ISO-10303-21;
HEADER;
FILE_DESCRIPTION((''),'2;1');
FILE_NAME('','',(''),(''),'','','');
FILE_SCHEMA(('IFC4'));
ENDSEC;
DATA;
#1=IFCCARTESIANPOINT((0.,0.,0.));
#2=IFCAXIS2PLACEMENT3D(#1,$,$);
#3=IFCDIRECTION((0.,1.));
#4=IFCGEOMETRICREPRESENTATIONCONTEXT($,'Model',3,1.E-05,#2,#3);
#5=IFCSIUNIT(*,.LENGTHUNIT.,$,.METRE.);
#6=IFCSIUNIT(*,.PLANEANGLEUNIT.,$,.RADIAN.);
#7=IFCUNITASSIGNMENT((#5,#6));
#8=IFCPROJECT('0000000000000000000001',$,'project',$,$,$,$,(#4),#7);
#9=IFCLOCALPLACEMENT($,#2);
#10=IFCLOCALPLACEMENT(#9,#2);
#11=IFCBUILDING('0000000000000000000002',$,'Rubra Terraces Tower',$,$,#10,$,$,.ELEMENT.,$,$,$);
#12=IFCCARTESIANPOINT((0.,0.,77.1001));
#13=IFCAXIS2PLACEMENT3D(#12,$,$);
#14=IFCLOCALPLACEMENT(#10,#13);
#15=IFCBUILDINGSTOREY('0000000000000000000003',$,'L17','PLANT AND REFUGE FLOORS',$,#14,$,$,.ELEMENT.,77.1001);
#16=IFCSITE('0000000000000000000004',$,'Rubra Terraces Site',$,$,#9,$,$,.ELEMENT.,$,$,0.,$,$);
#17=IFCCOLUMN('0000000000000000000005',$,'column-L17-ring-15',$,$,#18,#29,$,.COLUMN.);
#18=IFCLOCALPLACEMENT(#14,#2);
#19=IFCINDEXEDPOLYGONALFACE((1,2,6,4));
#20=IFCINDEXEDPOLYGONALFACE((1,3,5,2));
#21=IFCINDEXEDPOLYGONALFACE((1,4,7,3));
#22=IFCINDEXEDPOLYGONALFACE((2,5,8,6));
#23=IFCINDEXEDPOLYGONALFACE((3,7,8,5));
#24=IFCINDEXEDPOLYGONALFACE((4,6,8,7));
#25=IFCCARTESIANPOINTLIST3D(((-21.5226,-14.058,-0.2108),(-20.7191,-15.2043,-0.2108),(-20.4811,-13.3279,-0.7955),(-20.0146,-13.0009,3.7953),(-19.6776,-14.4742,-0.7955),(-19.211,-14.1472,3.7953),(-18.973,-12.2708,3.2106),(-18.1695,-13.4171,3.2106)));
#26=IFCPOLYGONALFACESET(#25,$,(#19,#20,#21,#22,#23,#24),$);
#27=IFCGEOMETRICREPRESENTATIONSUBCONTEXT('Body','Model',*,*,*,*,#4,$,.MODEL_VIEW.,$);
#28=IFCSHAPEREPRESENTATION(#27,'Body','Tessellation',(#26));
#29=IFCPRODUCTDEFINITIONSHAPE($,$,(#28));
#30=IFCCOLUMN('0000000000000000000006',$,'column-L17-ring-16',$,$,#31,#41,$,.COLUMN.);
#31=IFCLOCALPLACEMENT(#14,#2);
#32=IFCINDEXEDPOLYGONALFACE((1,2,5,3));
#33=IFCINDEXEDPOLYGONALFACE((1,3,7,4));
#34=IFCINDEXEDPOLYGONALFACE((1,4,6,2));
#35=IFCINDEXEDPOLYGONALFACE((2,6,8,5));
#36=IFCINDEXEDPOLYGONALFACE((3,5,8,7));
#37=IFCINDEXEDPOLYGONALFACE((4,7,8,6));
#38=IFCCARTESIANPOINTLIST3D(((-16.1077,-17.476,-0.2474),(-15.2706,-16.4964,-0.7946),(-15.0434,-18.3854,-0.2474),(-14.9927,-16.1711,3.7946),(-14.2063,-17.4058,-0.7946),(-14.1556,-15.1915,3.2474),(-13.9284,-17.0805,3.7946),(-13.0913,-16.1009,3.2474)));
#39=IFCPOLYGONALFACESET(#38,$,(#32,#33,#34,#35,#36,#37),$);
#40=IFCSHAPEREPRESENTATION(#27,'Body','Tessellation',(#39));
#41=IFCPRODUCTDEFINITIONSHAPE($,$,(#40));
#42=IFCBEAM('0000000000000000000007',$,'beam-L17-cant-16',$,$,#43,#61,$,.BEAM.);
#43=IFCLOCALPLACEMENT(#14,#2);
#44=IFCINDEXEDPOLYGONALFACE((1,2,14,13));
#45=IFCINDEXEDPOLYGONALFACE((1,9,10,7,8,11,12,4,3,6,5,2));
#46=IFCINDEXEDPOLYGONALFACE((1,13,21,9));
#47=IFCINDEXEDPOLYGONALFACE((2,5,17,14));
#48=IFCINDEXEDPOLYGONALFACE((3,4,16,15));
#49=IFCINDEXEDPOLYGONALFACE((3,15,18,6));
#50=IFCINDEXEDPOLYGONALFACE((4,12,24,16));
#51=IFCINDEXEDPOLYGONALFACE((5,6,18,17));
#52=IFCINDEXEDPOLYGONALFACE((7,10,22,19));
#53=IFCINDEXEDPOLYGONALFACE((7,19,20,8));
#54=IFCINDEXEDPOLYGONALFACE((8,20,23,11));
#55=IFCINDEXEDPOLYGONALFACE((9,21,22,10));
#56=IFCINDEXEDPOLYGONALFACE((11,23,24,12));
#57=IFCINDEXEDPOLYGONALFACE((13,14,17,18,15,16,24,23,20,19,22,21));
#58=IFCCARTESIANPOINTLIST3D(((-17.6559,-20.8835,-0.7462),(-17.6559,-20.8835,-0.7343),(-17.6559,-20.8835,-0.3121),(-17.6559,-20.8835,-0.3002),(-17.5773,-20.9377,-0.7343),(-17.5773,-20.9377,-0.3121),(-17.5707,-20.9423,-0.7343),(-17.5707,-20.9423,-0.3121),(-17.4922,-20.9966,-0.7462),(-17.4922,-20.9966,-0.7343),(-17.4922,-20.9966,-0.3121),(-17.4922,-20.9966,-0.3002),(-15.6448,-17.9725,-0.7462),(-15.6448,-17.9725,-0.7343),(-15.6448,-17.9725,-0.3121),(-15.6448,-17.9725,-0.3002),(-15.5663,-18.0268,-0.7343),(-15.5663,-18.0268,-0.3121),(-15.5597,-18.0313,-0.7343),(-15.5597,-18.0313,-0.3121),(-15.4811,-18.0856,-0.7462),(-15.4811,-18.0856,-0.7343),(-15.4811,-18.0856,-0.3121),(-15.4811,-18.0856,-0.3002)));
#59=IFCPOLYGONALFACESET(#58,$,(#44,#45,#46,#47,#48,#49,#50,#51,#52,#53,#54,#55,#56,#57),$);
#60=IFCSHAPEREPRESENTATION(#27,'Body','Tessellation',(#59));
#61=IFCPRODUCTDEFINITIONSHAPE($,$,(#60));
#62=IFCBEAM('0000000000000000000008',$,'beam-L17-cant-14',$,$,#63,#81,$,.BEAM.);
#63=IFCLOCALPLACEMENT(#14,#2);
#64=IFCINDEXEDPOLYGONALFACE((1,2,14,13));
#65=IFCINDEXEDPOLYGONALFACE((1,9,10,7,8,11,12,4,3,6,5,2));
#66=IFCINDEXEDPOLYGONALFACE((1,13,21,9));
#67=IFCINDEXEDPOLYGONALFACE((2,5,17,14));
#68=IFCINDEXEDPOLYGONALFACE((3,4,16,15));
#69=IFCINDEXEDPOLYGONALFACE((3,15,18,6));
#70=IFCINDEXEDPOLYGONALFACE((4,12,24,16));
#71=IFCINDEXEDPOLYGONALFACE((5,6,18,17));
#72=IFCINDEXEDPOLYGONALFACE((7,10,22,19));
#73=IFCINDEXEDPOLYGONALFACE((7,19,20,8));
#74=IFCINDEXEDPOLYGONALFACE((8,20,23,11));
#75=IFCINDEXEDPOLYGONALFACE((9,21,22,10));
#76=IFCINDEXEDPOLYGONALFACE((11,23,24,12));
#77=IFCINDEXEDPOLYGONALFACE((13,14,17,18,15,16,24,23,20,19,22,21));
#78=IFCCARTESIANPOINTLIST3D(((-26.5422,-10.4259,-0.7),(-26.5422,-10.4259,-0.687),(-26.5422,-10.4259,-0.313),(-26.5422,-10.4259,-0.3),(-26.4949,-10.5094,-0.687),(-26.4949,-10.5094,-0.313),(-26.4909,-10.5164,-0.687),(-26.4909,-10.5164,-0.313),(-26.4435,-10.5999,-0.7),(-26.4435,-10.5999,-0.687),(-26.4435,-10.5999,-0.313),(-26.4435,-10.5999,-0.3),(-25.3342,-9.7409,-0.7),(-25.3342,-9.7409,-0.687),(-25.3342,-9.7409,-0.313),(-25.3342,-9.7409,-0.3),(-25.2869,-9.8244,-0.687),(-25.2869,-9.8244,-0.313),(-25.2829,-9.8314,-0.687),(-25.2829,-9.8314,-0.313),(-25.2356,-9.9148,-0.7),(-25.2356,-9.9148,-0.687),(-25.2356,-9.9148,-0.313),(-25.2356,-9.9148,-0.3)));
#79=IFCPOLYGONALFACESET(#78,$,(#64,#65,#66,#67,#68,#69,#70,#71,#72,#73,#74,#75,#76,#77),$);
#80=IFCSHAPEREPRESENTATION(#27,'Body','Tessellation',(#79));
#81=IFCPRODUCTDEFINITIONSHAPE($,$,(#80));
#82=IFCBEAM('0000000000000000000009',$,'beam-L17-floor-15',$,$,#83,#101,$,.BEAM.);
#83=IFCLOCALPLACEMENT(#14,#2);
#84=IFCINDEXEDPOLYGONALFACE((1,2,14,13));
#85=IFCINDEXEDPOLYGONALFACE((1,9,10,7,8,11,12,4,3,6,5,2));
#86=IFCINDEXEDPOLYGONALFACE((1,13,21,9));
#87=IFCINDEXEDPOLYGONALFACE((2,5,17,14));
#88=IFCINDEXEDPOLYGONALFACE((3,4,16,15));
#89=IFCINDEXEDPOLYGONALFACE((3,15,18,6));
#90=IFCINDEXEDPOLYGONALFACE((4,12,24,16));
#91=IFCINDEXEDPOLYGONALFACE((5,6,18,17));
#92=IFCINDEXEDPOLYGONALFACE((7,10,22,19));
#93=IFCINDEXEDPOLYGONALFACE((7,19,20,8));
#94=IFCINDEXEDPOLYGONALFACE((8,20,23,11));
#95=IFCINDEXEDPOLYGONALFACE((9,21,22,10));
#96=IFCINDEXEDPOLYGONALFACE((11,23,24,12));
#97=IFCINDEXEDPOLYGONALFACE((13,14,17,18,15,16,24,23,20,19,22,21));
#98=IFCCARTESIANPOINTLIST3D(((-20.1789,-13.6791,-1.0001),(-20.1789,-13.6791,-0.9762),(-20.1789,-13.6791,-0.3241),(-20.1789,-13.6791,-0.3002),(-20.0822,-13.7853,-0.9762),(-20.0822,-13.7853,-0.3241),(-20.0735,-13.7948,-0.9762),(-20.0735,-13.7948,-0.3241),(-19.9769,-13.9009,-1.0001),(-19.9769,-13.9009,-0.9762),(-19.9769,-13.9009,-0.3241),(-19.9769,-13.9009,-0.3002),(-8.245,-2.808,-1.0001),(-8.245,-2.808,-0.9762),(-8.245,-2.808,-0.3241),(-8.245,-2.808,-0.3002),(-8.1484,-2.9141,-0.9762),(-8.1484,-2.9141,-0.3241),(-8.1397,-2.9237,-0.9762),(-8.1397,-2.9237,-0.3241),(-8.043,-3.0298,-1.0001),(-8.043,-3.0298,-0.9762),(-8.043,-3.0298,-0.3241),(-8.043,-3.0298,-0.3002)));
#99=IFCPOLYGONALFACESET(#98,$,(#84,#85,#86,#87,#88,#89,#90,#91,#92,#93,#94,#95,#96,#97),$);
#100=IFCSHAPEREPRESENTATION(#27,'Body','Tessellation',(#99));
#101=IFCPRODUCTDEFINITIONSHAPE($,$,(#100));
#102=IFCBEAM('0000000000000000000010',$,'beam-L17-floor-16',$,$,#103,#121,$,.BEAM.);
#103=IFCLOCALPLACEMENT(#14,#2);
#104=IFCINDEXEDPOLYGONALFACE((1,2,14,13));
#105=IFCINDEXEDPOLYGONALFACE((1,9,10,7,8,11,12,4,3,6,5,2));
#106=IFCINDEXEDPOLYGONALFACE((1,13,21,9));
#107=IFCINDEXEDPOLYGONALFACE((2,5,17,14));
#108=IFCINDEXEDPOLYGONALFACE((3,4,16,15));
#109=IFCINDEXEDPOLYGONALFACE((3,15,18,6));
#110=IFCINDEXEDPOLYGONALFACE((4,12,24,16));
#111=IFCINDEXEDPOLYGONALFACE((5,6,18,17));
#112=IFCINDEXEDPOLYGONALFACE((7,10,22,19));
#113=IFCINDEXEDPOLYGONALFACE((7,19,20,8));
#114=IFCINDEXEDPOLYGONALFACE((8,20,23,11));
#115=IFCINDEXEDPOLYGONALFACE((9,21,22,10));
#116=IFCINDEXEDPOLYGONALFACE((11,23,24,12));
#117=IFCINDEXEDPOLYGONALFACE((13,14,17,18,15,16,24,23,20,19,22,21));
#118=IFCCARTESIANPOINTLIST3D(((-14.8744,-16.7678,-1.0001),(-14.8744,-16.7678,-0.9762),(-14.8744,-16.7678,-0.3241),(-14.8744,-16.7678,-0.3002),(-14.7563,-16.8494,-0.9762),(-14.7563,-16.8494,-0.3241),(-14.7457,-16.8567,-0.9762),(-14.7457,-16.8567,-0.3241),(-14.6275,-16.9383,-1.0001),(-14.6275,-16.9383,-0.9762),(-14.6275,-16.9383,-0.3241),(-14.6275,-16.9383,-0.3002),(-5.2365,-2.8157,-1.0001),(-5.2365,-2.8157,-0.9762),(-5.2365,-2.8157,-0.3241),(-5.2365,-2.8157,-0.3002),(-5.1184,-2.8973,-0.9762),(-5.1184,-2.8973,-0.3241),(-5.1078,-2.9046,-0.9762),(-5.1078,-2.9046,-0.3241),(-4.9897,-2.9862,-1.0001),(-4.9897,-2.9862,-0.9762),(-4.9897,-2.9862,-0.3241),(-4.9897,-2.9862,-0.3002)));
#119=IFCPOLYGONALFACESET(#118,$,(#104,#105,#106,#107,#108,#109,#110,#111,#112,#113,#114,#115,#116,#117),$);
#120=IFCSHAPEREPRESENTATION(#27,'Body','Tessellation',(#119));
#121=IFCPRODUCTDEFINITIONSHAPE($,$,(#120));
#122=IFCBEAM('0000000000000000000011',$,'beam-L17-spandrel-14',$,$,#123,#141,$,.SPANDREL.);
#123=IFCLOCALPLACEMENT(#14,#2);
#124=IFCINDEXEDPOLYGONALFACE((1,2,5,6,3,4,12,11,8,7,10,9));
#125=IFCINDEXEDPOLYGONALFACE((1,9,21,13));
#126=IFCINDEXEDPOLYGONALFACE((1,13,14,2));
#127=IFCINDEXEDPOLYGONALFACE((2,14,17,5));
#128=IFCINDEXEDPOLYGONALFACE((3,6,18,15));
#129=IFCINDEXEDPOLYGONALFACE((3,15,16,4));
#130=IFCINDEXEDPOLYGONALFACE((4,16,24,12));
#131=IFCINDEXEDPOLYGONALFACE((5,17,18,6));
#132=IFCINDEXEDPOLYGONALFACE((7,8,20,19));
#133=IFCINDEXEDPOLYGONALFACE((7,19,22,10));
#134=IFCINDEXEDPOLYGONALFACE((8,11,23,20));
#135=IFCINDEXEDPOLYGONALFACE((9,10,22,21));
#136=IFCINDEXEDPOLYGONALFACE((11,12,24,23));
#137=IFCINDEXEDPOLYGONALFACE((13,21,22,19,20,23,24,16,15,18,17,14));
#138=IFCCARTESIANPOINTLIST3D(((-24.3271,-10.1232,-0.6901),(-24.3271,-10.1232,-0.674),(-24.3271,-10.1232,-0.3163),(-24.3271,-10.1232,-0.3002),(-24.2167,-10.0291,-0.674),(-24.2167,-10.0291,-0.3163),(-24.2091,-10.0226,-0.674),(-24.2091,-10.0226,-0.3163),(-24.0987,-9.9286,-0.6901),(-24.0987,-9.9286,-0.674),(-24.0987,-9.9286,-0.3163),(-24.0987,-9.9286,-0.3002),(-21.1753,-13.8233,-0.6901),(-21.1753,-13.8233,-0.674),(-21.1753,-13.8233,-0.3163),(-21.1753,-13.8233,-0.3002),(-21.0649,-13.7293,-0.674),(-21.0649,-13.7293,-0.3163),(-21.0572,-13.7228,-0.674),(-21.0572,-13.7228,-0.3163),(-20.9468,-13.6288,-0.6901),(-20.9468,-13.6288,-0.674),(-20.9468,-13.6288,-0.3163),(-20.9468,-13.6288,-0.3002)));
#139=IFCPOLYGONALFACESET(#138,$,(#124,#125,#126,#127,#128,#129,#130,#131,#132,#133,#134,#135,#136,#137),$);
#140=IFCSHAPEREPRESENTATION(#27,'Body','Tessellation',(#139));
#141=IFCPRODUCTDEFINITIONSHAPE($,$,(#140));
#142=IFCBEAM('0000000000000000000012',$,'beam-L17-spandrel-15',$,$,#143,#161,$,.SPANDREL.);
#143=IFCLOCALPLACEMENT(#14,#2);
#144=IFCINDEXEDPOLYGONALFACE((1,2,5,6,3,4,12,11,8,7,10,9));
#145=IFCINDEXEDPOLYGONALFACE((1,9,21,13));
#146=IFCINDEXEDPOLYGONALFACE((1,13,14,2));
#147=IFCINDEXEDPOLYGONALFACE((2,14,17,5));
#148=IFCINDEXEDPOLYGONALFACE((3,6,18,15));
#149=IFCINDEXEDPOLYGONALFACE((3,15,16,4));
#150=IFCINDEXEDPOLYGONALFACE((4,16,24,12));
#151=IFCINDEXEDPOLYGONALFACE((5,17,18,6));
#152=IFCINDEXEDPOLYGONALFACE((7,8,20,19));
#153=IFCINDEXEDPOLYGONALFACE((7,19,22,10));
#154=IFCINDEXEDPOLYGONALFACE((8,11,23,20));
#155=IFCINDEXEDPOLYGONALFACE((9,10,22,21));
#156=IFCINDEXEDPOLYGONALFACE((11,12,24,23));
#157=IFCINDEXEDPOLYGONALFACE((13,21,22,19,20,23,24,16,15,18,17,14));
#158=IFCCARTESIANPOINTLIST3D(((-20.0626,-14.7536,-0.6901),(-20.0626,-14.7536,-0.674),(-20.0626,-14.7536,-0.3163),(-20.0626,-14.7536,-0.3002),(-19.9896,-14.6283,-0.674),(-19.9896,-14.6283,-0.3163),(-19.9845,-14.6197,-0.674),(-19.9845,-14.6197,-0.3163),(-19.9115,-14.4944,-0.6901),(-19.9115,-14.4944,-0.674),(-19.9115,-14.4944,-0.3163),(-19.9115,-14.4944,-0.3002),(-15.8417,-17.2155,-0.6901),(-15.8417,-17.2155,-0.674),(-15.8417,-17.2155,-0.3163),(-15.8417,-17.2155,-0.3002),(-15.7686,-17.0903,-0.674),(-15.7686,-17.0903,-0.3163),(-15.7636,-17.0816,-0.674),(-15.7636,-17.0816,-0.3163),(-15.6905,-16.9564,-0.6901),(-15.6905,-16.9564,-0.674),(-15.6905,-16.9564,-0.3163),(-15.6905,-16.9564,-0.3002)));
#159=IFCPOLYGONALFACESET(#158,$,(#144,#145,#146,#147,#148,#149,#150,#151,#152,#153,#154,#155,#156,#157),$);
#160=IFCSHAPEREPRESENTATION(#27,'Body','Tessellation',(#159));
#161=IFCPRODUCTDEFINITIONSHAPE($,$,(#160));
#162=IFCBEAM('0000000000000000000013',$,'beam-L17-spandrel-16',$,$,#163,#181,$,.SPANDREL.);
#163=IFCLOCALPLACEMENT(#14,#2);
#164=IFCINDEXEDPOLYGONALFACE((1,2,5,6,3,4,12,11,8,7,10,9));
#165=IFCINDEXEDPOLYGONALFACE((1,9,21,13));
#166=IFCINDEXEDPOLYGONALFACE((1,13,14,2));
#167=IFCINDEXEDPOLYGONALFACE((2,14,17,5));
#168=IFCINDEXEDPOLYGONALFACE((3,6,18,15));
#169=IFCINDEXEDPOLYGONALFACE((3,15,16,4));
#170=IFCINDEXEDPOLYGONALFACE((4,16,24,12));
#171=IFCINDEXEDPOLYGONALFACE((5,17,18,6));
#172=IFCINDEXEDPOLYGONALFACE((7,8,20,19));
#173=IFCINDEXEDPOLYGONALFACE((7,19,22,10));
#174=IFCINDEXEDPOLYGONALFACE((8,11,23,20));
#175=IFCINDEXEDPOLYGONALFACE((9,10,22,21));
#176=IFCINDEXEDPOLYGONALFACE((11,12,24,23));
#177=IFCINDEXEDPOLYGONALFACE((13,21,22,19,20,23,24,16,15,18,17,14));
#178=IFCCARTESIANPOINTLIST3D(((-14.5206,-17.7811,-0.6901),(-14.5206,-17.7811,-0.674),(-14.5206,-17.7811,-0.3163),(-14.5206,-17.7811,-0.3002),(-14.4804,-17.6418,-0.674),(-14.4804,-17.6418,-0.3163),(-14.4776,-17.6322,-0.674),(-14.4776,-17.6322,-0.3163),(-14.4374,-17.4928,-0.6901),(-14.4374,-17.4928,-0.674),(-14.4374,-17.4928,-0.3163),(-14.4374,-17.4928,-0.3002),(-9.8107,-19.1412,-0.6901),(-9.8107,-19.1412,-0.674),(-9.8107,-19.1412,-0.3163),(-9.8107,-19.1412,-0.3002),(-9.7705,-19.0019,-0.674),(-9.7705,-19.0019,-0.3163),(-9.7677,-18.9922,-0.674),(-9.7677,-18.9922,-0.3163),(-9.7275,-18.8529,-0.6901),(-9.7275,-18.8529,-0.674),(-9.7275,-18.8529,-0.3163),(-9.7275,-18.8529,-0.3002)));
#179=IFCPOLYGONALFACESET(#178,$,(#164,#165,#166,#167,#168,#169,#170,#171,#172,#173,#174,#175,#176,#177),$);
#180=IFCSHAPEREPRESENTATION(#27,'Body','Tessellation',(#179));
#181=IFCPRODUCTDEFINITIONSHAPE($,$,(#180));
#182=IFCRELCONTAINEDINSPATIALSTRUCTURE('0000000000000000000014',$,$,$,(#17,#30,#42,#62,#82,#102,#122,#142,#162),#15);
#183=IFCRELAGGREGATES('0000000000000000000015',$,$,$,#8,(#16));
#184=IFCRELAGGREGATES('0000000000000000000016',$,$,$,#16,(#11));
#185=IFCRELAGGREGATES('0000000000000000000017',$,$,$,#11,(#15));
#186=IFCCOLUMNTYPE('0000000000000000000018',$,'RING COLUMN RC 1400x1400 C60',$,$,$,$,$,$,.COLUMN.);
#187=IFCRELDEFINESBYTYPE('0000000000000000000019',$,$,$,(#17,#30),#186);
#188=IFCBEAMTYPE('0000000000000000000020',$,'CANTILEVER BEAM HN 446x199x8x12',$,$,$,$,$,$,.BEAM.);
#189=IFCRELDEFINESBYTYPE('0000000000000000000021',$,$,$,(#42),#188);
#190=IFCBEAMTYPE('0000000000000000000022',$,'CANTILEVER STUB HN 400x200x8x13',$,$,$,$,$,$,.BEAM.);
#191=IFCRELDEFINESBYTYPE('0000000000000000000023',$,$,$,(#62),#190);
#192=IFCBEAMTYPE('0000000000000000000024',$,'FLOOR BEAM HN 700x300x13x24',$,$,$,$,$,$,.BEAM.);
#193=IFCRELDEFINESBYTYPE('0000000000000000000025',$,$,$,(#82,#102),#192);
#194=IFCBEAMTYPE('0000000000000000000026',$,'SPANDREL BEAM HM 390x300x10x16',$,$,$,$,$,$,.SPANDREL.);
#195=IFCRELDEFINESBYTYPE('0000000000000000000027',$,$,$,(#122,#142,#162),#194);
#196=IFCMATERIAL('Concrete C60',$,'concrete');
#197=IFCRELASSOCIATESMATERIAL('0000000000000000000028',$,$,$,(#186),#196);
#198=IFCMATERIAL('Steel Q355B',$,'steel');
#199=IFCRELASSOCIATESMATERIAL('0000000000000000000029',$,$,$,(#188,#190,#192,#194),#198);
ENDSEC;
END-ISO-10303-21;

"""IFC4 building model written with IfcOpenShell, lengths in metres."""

from ifc_helpers import new_model, si_unit, direction, frame, origin, origin_2d, place, context, subcontext, project, spatial, rectangle, i_section, extrude, material, material_profile, profile_set, type_object, element, save


model = new_model("IFC4")

# Units and contexts
model_context = context("Model", 3, precision=1e-05, world=origin(), true_north=direction((0.0, 1.0)))
body_context = subcontext(model_context, "Body", "Model", "MODEL_VIEW")
ifc_project = project(units=[si_unit("LENGTHUNIT", "METRE"), si_unit("PLANEANGLEUNIT", "RADIAN")], contexts=[model_context])

# Site, building, storey
site_placement = place(None, origin())
site = spatial("IfcSite", under=ifc_project, at=site_placement, Name="Rubra Terraces Site", CompositionType="ELEMENT", RefElevation=0.0)
building_placement = place(site_placement, origin())
building = spatial("IfcBuilding", under=site, at=building_placement, Name="Rubra Terraces Tower", CompositionType="ELEMENT")
storey_placement = place(building_placement, frame((0.0, 0.0, 77.1001)))
storey = spatial("IfcBuildingStorey", under=building, at=storey_placement, Name="L17", Description="PLANT AND REFUGE FLOORS", CompositionType="ELEMENT", Elevation=77.1001)

# Columns
ifc_material_1 = material(Name="Concrete C60", Category="concrete")
ifc_material_profile_1 = material_profile(ifc_material_1, rectangle(XDim=1.3999, YDim=1.3999, at=origin_2d()), Name="RC 1400x1400")
ifc_profile_set_1 = profile_set([ifc_material_profile_1], Name="Concrete C60")
column_type = type_object("IfcColumnType", Name="RING COLUMN RC 1400x1400 C60", PredefinedType="COLUMN", material=ifc_profile_set_1)
column_1_placement = place(storey_placement, frame((-20.6001, -14.2661, -0.5032), z_axis=(0.342029, 0.239758, 0.908588), x_axis=(-0.574005, 0.818852, 0.0)))
element("IfcColumn", 1, at=column_1_placement, inside=storey, type_object=column_type, Name="column-L17-ring-15", PredefinedType="COLUMN", context=body_context, shape_type="SweptSolid", body=[
    extrude(rectangle(XDim=1.3999, YDim=1.3999, at=origin_2d()), origin(), (0.0, 0.0, 1.0), 4.4092),
])
column_2_placement = place(storey_placement, frame((-15.157, -17.4409, -0.521), z_axis=(0.253907, 0.297161, 0.920449), x_axis=(-0.76027, 0.649607, 0.0)))
element("IfcColumn", 2, at=column_2_placement, inside=storey, type_object=column_type, Name="column-L17-ring-16", PredefinedType="COLUMN", context=body_context, shape_type="SweptSolid", body=[
    extrude(rectangle(XDim=1.3999, YDim=1.3999, at=origin_2d()), origin(), (0.0, 0.0, 1.0), 4.3914),
])

# Beams
ifc_material_2 = material(Name="Steel Q355B", Category="steel")
ifc_material_profile_2 = material_profile(ifc_material_2, i_section(OverallWidth=0.199, OverallDepth=0.446, WebThickness=0.0081, FlangeThickness=0.012, at=origin_2d()), Name="HN 446x199x8x12")
ifc_profile_set_2 = profile_set([ifc_material_profile_2], Name="Steel Q355B")
beam_type_1 = type_object("IfcBeamType", Name="CANTILEVER BEAM HN 446x199x8x12", PredefinedType="BEAM", material=ifc_profile_set_2)
beam_1_placement = place(storey_placement, frame((-15.563, -18.0291, -0.5232), z_axis=(-0.568399, -0.822753, 0.0), x_axis=(0.822753, -0.568399, 0.0)))
element("IfcBeam", 3, at=beam_1_placement, inside=storey, type_object=beam_type_1, Name="beam-L17-cant-16", PredefinedType="BEAM", context=body_context, shape_type="SweptSolid", body=[
    extrude(i_section(OverallWidth=0.199, OverallDepth=0.446, WebThickness=0.0081, FlangeThickness=0.012, at=origin_2d()), origin(), (0.0, 0.0, 1.0), 3.5381),
])
ifc_material_profile_3 = material_profile(ifc_material_2, i_section(OverallWidth=0.2, OverallDepth=0.3999, WebThickness=0.0081, FlangeThickness=0.0129, at=origin_2d()), Name="HN 400x200x8x13")
ifc_profile_set_3 = profile_set([ifc_material_profile_3], Name="Steel Q355B")
beam_type_2 = type_object("IfcBeamType", Name="CANTILEVER STUB HN 400x200x8x13", PredefinedType="BEAM", material=ifc_profile_set_3)
beam_2_placement = place(storey_placement, frame((-25.2849, -9.8279, -0.5), z_axis=(-0.869861, -0.493296, 0.0), x_axis=(0.493296, -0.869861, 0.0)))
element("IfcBeam", 4, at=beam_2_placement, inside=storey, type_object=beam_type_2, Name="beam-L17-cant-14", PredefinedType="BEAM", context=body_context, shape_type="SweptSolid", body=[
    extrude(i_section(OverallWidth=0.2, OverallDepth=0.3999, WebThickness=0.0081, FlangeThickness=0.0129, at=origin_2d()), origin(), (0.0, 0.0, 1.0), 1.3887),
])
ifc_material_profile_4 = material_profile(ifc_material_2, i_section(OverallWidth=0.3, OverallDepth=0.7, WebThickness=0.0129, FlangeThickness=0.0239, at=origin_2d()), Name="HN 700x300x13x24")
ifc_profile_set_4 = profile_set([ifc_material_profile_4], Name="Steel Q355B")
beam_type_3 = type_object("IfcBeamType", Name="FLOOR BEAM HN 700x300x13x24", PredefinedType="BEAM", material=ifc_profile_set_4)
beam_3_placement = place(storey_placement, frame((-20.0779, -13.79, -0.6501), z_axis=(0.739257, 0.673424, 0.0), x_axis=(-0.673424, 0.739257, 0.0)))
element("IfcBeam", 5, at=beam_3_placement, inside=storey, type_object=beam_type_3, Name="beam-L17-floor-15", PredefinedType="BEAM", context=body_context, shape_type="SweptSolid", body=[
    extrude(i_section(OverallWidth=0.3, OverallDepth=0.7, WebThickness=0.0129, FlangeThickness=0.0239, at=origin_2d()), origin(), (0.0, 0.0, 1.0), 16.1431),
])
beam_4_placement = place(storey_placement, frame((-14.751, -16.853, -0.6501), z_axis=(0.568363, 0.822778, 0.0), x_axis=(-0.822778, 0.568363, 0.0)))
element("IfcBeam", 6, at=beam_4_placement, inside=storey, type_object=beam_type_3, Name="beam-L17-floor-16", PredefinedType="BEAM", context=body_context, shape_type="SweptSolid", body=[
    extrude(i_section(OverallWidth=0.3, OverallDepth=0.7, WebThickness=0.0129, FlangeThickness=0.0239, at=origin_2d()), origin(), (0.0, 0.0, 1.0), 16.9573),
])
ifc_material_profile_5 = material_profile(ifc_material_2, i_section(OverallWidth=0.3, OverallDepth=0.3899, WebThickness=0.01, FlangeThickness=0.0161, at=origin_2d()), Name="HM 390x300x10x16")
ifc_profile_set_5 = profile_set([ifc_material_profile_5], Name="Steel Q355B")
beam_type_4 = type_object("IfcBeamType", Name="SPANDREL BEAM HM 390x300x10x16", PredefinedType="SPANDREL", material=ifc_profile_set_5)
beam_5_placement = place(storey_placement, frame((-24.2129, -10.0259, -0.4951), z_axis=(0.648447, -0.76126, 0.0), x_axis=(0.76126, 0.648447, 0.0)))
element("IfcBeam", 7, at=beam_5_placement, inside=storey, type_object=beam_type_4, Name="beam-L17-spandrel-14", PredefinedType="SPANDREL", context=body_context, shape_type="SweptSolid", body=[
    extrude(i_section(OverallWidth=0.3, OverallDepth=0.3899, WebThickness=0.01, FlangeThickness=0.0161, at=origin_2d()), origin(), (0.0, 0.0, 1.0), 4.8606),
])
beam_6_placement = place(storey_placement, frame((-19.9871, -14.624, -0.4951), z_axis=(0.863806, -0.503824, 0.0), x_axis=(0.503824, 0.863806, 0.0)))
element("IfcBeam", 8, at=beam_6_placement, inside=storey, type_object=beam_type_4, Name="beam-L17-spandrel-15", PredefinedType="SPANDREL", context=body_context, shape_type="SweptSolid", body=[
    extrude(i_section(OverallWidth=0.3, OverallDepth=0.3899, WebThickness=0.01, FlangeThickness=0.0161, at=origin_2d()), origin(), (0.0, 0.0, 1.0), 4.8865),
])
beam_7_placement = place(storey_placement, frame((-14.479, -17.637, -0.4951), z_axis=(0.960744, -0.277436, 0.0), x_axis=(0.277436, 0.960744, 0.0)))
element("IfcBeam", 9, at=beam_7_placement, inside=storey, type_object=beam_type_4, Name="beam-L17-spandrel-16", PredefinedType="SPANDREL", context=body_context, shape_type="SweptSolid", body=[
    extrude(i_section(OverallWidth=0.3, OverallDepth=0.3899, WebThickness=0.01, FlangeThickness=0.0161, at=origin_2d()), origin(), (0.0, 0.0, 1.0), 4.9023),
])

save(model, "model.ifc")
